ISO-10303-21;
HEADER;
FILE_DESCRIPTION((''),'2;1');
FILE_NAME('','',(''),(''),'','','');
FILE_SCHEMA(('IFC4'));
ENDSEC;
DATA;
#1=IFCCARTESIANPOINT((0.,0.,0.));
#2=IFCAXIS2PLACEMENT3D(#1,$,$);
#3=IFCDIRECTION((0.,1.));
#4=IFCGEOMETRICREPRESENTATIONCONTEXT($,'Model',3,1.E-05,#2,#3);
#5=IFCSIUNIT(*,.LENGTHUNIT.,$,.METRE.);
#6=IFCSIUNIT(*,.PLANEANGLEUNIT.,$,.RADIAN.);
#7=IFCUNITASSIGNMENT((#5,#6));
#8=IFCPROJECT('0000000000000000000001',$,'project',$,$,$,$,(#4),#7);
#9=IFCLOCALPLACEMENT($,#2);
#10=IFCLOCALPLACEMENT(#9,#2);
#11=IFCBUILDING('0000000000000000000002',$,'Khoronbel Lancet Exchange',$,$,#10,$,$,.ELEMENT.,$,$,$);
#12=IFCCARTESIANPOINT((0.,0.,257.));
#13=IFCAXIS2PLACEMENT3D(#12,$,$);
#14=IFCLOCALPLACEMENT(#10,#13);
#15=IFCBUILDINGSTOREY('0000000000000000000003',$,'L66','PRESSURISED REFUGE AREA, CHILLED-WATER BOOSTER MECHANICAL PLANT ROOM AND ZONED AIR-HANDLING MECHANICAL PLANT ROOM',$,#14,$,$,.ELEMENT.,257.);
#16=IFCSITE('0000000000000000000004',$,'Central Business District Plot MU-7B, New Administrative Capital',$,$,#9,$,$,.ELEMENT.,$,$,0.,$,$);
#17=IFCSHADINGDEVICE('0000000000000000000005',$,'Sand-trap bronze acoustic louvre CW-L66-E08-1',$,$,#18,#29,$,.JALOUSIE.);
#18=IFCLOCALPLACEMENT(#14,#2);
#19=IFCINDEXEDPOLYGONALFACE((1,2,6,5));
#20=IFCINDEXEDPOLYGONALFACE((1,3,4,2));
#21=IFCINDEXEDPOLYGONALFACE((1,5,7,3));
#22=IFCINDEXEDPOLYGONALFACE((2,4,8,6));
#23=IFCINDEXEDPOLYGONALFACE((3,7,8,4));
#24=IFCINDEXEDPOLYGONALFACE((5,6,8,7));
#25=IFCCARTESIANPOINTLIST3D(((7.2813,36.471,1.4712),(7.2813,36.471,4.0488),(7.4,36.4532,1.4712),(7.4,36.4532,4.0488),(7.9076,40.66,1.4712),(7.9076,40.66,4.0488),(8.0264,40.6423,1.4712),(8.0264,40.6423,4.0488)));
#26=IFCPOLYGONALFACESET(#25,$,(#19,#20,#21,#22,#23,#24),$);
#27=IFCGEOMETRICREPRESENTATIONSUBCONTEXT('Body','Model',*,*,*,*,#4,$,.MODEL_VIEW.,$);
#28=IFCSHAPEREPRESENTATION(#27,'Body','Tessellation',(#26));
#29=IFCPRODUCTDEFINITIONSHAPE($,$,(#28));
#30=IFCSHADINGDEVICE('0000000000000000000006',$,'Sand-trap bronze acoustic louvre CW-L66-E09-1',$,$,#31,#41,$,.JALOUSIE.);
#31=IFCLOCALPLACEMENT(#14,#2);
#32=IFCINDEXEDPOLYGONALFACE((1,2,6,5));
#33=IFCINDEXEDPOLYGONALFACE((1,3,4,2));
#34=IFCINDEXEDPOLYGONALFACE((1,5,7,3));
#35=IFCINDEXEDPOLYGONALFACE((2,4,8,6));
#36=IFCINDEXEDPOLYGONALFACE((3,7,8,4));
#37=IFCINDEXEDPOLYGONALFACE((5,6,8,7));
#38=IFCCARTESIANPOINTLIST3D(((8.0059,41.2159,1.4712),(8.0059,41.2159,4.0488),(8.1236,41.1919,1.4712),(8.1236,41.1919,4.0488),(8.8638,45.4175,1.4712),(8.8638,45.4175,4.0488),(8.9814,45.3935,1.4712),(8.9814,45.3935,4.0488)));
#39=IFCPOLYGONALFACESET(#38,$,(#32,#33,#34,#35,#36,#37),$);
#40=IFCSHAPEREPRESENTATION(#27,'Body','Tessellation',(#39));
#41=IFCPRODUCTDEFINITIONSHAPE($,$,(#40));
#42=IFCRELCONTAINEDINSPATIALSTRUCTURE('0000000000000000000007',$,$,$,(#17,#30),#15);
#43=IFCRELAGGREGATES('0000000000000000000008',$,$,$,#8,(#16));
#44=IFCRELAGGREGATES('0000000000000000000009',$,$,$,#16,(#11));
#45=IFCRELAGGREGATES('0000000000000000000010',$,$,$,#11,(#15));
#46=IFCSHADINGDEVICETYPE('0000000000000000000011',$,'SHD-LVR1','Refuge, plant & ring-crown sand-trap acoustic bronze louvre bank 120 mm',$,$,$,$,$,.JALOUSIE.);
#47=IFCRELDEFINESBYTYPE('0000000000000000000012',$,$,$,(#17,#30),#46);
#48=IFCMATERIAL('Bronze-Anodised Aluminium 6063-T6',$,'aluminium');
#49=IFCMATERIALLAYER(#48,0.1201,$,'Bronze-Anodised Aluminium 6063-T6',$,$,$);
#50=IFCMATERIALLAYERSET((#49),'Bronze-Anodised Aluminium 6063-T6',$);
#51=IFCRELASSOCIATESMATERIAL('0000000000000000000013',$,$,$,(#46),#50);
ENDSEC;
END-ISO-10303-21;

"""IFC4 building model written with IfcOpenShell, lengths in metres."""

from ifc_helpers import new_model, si_unit, direction, frame, origin, origin_2d, place, context, subcontext, project, spatial, rectangle, extrude, material, layer, layer_set, type_object, element, save


model = new_model("IFC4")

# Units and contexts
model_context = context("Model", 3, precision=1e-05, world=origin(), true_north=direction((0.0, 1.0)))
body_context = subcontext(model_context, "Body", "Model", "MODEL_VIEW")
ifc_project = project(units=[si_unit("LENGTHUNIT", "METRE"), si_unit("PLANEANGLEUNIT", "RADIAN")], contexts=[model_context])

# Site, building, storey
site_placement = place(None, origin())
site = spatial("IfcSite", under=ifc_project, at=site_placement, Name="Central Business District Plot MU-7B, New Administrative Capital", CompositionType="ELEMENT", RefElevation=0.0)
building_placement = place(site_placement, origin())
building = spatial("IfcBuilding", under=site, at=building_placement, Name="Khoronbel Lancet Exchange", CompositionType="ELEMENT")
storey_placement = place(building_placement, frame((0.0, 0.0, 257.0)))
storey = spatial("IfcBuildingStorey", under=building, at=storey_placement, Name="L66", Description="PRESSURISED REFUGE AREA, CHILLED-WATER BOOSTER MECHANICAL PLANT ROOM AND ZONED AIR-HANDLING MECHANICAL PLANT ROOM", CompositionType="ELEMENT", Elevation=257.0)

# Shared definitions
ifc_material_1 = material(Name="Bronze-Anodised Aluminium 6063-T6", Category="aluminium")

# Shading devices
ifc_layer_1 = layer(ifc_material_1, 0.1201, Name="Bronze-Anodised Aluminium 6063-T6")
ifc_layer_set_1 = layer_set([ifc_layer_1], Name="Bronze-Anodised Aluminium 6063-T6")
shading_device_type = type_object("IfcShadingDeviceType", Name="SHD-LVR1", Description="Refuge, plant & ring-crown sand-trap acoustic bronze louvre bank 120 mm", PredefinedType="JALOUSIE", material=ifc_layer_set_1)
shading_device_1_placement = place(storey_placement, frame((7.6538, 38.5566, 1.4712), z_axis=(0.0, 0.0, 1.0), x_axis=(0.147869, 0.989007, 0.0)))
element("IfcShadingDevice", 1, at=shading_device_1_placement, inside=storey, type_object=shading_device_type, Name="Sand-trap bronze acoustic louvre CW-L66-E08-1", PredefinedType="JALOUSIE", context=body_context, shape_type="SweptSolid", body=[
    extrude(rectangle(XDim=4.2356, YDim=0.1201, at=origin_2d()), origin(), (0.0, 0.0, 1.0), 2.5776),
])
shading_device_2_placement = place(storey_placement, frame((8.4937, 43.3047, 1.4712), z_axis=(0.0, 0.0, 1.0), x_axis=(0.200052, 0.979785, 0.0)))
element("IfcShadingDevice", 2, at=shading_device_2_placement, inside=storey, type_object=shading_device_type, Name="Sand-trap bronze acoustic louvre CW-L66-E09-1", PredefinedType="JALOUSIE", context=body_context, shape_type="SweptSolid", body=[
    extrude(rectangle(XDim=4.2883, YDim=0.1201, at=origin_2d()), origin(), (0.0, 0.0, 1.0), 2.5776),
])

save(model, "model.ifc")
